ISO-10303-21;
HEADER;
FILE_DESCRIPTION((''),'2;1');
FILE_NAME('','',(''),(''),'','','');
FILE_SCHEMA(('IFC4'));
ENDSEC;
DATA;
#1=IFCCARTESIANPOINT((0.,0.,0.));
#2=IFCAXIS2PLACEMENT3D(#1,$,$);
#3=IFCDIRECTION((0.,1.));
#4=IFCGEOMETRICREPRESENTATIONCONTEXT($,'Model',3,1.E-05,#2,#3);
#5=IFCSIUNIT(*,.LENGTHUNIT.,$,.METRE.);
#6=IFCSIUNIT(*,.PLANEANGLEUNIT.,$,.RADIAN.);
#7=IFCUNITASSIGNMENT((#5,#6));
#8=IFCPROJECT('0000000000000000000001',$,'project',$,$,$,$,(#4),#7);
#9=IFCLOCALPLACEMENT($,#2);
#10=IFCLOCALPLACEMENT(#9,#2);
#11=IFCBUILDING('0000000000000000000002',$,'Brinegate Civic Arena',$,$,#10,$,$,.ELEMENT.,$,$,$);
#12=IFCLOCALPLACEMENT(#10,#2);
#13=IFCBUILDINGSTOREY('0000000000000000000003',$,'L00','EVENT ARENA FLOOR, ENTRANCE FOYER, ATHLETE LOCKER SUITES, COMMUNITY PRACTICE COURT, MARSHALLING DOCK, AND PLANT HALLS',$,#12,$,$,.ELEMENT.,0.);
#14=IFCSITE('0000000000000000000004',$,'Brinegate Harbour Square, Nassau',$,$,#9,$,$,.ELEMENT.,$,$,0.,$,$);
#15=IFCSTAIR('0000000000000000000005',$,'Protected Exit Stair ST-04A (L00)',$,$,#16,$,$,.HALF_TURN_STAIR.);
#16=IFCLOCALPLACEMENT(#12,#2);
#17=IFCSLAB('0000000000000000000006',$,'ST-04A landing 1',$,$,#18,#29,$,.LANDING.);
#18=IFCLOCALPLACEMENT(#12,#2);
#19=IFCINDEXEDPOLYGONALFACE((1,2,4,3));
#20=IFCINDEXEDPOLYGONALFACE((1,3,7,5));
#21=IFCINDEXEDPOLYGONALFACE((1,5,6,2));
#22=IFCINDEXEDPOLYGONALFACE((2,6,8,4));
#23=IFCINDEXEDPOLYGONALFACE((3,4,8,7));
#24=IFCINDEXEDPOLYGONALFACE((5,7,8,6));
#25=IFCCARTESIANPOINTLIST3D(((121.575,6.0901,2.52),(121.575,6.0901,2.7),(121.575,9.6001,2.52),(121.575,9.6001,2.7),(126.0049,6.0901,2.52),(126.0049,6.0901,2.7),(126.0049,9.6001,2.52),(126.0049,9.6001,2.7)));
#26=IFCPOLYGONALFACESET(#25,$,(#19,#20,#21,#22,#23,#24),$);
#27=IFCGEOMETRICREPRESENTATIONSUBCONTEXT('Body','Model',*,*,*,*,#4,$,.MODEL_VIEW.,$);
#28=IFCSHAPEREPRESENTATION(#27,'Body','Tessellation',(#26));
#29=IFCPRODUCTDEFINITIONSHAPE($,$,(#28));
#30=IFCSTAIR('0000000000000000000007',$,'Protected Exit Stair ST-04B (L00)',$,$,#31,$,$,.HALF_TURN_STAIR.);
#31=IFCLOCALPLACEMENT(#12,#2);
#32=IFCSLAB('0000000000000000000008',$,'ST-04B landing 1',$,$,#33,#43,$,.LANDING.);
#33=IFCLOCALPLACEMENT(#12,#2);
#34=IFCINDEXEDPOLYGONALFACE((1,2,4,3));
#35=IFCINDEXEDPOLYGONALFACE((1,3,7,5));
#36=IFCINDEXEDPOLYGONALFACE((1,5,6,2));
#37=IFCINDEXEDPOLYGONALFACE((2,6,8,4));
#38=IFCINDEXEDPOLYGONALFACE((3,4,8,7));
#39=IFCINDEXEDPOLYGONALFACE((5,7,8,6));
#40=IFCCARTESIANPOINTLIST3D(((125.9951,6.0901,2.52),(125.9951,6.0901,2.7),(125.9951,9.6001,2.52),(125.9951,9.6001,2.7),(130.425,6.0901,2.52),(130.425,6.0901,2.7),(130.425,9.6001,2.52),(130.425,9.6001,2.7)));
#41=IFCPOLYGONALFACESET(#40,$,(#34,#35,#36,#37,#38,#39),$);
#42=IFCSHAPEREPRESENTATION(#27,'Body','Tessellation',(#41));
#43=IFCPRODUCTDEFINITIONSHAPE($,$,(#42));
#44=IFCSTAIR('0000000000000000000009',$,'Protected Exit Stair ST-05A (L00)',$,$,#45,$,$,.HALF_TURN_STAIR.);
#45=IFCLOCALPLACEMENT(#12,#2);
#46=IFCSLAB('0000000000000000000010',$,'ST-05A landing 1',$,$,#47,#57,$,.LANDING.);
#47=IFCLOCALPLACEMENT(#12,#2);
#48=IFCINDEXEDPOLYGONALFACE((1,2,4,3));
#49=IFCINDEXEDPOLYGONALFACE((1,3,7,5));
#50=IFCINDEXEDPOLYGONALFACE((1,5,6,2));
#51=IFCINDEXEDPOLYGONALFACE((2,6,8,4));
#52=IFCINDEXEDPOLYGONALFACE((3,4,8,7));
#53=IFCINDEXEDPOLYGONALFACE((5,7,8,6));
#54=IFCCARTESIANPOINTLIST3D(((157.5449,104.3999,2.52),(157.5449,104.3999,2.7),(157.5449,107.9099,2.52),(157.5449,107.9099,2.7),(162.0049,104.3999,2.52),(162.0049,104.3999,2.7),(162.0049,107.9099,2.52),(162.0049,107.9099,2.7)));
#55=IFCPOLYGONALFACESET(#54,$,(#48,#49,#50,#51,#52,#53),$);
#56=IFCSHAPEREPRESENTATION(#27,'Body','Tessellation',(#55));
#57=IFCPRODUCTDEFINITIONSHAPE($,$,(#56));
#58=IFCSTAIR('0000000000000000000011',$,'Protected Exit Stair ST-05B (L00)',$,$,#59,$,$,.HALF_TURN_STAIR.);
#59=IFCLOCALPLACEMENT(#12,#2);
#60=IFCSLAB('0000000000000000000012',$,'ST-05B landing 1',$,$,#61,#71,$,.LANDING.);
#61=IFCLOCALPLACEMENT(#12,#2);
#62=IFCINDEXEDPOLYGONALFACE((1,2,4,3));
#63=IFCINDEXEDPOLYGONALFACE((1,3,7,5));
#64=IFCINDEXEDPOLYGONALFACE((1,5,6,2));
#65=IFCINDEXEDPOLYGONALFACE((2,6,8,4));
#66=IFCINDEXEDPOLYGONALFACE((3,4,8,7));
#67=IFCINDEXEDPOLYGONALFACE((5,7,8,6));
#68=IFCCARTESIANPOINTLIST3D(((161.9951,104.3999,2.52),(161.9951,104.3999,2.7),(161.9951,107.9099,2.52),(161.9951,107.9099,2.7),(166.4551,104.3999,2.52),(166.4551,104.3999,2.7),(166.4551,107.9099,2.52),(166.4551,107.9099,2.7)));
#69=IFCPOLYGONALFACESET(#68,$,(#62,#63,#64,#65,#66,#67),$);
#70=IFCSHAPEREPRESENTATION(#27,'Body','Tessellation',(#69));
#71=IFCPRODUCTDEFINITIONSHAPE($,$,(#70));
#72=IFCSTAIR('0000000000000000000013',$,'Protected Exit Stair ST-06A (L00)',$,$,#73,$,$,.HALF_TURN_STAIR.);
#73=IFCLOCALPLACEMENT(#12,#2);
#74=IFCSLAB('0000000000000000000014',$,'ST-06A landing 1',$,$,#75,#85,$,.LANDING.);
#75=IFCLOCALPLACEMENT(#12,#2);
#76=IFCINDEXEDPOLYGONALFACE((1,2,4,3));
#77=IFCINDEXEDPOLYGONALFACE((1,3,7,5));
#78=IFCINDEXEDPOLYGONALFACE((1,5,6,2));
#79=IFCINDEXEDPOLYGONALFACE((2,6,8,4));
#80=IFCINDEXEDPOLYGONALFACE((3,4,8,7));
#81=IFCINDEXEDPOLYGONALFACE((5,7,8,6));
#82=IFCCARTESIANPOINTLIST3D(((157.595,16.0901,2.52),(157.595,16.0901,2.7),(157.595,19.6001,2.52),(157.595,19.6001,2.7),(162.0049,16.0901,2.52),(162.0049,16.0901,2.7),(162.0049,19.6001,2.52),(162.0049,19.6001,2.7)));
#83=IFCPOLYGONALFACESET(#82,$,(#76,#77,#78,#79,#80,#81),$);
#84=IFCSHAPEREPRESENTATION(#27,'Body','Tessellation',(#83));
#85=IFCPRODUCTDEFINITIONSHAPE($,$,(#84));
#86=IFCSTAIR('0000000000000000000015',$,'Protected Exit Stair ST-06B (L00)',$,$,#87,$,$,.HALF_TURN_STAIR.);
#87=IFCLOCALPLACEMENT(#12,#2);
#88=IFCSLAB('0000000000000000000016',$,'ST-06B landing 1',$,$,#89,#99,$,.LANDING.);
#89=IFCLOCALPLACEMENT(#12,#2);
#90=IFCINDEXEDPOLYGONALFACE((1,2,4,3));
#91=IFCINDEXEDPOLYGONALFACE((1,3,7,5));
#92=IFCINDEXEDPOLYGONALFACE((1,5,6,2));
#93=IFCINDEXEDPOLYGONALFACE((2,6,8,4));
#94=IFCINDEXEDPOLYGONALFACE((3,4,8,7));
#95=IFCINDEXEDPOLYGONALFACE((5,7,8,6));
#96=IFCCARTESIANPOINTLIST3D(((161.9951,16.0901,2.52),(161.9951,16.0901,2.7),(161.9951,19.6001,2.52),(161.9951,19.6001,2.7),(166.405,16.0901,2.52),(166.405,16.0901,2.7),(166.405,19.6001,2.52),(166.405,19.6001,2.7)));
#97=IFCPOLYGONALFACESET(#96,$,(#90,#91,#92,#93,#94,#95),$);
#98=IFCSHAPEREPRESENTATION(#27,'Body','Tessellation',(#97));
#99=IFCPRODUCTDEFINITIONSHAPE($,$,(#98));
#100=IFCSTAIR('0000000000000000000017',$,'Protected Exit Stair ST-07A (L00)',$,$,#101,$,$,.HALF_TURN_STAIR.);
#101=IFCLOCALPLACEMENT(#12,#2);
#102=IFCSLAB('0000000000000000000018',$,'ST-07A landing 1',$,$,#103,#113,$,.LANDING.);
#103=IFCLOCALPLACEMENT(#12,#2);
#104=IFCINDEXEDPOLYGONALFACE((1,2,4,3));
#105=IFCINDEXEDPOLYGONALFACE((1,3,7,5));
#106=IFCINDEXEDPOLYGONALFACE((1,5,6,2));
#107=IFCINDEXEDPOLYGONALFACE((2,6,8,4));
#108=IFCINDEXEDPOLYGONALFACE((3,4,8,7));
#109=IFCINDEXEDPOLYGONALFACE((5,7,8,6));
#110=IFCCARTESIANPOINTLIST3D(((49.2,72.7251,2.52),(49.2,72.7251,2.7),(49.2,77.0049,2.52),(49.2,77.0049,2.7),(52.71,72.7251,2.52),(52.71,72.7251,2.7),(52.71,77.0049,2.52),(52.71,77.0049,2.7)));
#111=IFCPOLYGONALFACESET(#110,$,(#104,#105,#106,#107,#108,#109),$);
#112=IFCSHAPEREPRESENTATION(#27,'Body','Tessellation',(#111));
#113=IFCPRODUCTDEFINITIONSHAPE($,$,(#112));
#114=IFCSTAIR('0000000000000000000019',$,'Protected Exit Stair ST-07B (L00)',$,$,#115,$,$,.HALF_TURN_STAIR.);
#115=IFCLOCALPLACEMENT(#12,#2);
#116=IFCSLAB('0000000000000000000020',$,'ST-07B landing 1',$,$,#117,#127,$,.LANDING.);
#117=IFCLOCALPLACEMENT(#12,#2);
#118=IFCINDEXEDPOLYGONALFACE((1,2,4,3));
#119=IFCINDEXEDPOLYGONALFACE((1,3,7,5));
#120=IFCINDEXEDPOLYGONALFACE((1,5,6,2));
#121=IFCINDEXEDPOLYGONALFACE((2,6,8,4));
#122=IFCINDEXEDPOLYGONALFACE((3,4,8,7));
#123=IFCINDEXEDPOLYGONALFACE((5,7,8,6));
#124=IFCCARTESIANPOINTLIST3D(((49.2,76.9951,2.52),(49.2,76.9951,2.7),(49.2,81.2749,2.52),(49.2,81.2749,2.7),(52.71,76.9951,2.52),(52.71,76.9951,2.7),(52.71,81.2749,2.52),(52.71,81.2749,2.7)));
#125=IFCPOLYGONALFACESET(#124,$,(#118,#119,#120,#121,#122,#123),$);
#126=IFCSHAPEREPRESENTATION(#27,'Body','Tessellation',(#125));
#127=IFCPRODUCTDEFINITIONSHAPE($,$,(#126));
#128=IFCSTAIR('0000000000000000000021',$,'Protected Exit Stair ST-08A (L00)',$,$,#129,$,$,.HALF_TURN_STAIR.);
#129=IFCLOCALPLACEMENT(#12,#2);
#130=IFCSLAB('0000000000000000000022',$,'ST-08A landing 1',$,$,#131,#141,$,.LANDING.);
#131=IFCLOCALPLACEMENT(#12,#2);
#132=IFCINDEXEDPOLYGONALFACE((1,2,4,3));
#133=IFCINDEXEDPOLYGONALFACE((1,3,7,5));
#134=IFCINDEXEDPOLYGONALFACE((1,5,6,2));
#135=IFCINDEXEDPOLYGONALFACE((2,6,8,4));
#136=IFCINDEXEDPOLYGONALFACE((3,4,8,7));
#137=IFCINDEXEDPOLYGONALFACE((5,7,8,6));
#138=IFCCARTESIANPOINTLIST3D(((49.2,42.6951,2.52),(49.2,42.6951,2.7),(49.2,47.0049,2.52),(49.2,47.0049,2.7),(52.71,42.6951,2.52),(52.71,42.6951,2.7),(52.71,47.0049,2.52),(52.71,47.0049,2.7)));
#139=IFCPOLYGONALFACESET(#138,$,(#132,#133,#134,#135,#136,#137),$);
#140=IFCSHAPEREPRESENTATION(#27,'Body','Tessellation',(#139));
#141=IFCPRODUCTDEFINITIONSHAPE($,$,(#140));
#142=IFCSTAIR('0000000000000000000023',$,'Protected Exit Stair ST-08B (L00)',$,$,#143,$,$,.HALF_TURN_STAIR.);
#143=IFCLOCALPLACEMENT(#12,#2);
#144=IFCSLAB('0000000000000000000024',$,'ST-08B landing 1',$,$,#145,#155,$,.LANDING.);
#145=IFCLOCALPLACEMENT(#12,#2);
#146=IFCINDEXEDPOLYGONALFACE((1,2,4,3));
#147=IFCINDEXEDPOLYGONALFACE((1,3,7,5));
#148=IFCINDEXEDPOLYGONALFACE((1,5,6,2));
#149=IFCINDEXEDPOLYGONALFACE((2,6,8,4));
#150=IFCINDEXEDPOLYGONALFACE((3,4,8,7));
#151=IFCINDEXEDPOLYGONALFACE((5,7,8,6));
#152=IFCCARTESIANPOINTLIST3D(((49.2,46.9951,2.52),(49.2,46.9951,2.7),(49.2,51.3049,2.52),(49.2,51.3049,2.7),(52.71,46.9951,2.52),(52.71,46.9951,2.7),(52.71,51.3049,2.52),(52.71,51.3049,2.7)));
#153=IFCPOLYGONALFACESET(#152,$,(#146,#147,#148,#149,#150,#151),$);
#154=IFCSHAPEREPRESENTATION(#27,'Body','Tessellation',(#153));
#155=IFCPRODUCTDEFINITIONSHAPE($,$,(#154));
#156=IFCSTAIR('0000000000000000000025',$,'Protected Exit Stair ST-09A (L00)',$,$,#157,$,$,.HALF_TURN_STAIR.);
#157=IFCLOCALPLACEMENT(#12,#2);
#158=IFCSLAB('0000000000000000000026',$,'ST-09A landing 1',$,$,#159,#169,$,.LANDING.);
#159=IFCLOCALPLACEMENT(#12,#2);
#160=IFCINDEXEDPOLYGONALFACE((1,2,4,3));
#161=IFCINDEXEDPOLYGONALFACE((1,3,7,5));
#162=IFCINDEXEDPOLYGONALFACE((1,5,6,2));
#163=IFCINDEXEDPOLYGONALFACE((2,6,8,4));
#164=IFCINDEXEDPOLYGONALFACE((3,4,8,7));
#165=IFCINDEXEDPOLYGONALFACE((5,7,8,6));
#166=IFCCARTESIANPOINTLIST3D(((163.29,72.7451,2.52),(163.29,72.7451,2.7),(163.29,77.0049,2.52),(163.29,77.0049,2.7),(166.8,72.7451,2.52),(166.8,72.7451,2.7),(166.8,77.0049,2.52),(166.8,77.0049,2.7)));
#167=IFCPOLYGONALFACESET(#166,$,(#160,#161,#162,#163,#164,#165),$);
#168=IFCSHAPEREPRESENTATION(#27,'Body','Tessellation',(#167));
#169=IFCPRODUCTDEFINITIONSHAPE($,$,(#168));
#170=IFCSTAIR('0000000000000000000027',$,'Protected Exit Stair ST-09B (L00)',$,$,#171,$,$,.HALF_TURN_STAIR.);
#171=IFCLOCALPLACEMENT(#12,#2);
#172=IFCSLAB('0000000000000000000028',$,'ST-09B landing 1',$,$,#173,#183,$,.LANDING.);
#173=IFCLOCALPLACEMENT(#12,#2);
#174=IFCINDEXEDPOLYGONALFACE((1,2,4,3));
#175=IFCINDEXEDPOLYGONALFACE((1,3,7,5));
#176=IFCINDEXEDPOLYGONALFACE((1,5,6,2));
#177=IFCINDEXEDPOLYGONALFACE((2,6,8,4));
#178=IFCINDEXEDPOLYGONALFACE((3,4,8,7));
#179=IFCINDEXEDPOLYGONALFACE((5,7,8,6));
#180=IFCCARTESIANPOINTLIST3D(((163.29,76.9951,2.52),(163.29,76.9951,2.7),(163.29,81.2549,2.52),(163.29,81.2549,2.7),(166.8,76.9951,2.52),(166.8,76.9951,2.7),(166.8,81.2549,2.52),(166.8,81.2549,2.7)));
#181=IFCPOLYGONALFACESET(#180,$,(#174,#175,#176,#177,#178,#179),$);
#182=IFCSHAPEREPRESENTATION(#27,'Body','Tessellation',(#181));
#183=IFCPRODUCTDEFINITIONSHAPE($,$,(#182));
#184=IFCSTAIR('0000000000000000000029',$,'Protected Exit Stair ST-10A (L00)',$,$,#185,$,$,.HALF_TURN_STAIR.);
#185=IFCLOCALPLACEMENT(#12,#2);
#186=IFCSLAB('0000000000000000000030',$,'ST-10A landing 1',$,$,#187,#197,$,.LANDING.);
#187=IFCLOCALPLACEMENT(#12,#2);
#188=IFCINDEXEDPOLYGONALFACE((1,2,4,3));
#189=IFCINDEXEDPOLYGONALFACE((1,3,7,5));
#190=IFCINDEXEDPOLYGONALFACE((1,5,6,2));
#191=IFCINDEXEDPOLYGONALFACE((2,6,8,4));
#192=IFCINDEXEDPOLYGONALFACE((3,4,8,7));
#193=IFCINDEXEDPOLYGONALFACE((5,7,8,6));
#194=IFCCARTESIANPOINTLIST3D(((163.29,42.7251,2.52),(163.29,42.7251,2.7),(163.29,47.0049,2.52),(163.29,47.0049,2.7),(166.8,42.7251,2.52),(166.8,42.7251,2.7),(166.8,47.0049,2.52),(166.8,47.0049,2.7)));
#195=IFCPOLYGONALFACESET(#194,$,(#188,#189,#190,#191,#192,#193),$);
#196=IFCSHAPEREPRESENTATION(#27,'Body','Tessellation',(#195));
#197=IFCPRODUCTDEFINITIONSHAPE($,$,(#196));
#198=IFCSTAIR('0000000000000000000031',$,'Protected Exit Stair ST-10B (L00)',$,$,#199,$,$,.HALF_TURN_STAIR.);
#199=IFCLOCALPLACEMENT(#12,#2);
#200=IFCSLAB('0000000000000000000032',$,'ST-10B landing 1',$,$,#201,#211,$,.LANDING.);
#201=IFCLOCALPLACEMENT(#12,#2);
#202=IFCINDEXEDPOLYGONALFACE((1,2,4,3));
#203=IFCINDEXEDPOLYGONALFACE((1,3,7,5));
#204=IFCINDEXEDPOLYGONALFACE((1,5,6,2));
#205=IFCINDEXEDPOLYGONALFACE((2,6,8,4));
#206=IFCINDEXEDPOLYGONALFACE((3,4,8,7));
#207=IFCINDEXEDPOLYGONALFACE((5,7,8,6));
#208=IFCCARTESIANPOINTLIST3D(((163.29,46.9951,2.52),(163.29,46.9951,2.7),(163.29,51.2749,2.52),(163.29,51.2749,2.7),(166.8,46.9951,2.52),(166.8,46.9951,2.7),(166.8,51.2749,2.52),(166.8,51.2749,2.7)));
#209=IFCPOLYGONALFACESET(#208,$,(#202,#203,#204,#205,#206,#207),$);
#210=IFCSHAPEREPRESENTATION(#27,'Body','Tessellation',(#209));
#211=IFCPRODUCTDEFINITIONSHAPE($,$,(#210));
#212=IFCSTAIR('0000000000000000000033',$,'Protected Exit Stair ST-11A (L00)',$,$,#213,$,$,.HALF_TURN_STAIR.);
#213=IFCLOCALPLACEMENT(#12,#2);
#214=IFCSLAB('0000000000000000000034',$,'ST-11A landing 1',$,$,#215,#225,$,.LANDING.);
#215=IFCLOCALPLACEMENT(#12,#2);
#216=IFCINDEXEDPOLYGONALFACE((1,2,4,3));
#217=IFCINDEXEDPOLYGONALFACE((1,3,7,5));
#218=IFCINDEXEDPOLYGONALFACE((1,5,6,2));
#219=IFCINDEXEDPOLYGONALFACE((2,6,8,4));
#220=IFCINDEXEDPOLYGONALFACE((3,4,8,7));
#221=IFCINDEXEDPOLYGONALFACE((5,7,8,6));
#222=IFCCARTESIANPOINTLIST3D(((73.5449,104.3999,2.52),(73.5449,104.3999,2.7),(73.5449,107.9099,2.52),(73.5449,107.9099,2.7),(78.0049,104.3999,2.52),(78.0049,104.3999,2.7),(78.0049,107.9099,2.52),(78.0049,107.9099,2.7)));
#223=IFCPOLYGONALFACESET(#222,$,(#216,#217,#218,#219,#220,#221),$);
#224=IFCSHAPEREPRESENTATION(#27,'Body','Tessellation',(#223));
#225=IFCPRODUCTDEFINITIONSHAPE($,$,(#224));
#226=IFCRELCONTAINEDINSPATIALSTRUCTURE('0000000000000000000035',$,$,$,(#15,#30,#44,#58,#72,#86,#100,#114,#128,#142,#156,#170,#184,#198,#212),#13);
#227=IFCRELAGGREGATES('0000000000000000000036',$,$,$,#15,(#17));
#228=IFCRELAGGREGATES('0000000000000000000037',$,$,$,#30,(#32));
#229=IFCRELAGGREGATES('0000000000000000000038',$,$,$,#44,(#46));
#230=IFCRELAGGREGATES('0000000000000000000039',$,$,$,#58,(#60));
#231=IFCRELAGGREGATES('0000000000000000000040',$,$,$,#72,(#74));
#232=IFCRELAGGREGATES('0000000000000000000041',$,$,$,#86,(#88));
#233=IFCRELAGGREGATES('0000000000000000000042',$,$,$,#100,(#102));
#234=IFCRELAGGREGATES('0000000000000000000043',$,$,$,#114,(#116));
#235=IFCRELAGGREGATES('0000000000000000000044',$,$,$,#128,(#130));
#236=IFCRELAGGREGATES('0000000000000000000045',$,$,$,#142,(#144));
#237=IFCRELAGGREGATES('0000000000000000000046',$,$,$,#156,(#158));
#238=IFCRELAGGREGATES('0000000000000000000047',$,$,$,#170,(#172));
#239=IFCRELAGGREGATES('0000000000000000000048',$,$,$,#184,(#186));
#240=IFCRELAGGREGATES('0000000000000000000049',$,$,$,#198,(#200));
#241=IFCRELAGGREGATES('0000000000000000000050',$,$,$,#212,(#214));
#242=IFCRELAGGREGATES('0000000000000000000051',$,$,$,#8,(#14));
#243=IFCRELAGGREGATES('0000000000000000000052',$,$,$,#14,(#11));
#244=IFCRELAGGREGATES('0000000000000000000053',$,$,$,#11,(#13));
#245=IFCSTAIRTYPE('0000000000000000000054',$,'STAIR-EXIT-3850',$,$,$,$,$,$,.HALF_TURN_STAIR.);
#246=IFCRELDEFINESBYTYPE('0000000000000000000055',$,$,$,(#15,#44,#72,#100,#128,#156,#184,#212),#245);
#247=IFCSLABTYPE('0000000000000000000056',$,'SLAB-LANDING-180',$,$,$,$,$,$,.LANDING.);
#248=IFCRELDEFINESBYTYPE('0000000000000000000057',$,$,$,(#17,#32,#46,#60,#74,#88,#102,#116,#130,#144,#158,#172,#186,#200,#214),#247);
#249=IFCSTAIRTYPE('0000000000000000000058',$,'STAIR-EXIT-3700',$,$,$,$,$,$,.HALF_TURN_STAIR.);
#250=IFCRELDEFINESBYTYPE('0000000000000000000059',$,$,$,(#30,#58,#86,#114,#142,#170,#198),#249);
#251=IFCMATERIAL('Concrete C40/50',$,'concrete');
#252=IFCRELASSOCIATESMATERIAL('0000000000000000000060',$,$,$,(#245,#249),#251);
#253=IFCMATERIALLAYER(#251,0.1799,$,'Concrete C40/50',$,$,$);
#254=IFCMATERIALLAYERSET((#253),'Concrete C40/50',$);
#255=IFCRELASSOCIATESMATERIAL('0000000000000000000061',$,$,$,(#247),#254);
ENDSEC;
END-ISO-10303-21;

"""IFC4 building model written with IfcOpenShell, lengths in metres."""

from ifc_helpers import new_model, si_unit, direction, frame, origin, place, context, subcontext, project, spatial, polyline, outline, extrude, material, layer, layer_set, type_object, element, aggregate, save


model = new_model("IFC4")

# Units and contexts
model_context = context("Model", 3, precision=1e-05, world=origin(), true_north=direction((0.0, 1.0)))
body_context = subcontext(model_context, "Body", "Model", "MODEL_VIEW")
ifc_project = project(units=[si_unit("LENGTHUNIT", "METRE"), si_unit("PLANEANGLEUNIT", "RADIAN")], contexts=[model_context])

# Site, building, storey
site_placement = place(None, origin())
site = spatial("IfcSite", under=ifc_project, at=site_placement, Name="Brinegate Harbour Square, Nassau", CompositionType="ELEMENT", RefElevation=0.0)
building_placement = place(site_placement, origin())
building = spatial("IfcBuilding", under=site, at=building_placement, Name="Brinegate Civic Arena", CompositionType="ELEMENT")
storey_placement = place(building_placement, origin())
storey = spatial("IfcBuildingStorey", under=building, at=storey_placement, Name="L00", Description="EVENT ARENA FLOOR, ENTRANCE FOYER, ATHLETE LOCKER SUITES, COMMUNITY PRACTICE COURT, MARSHALLING DOCK, AND PLANT HALLS", CompositionType="ELEMENT", Elevation=0.0)

# Shared definitions
ifc_material_1 = material(Name="Concrete C40/50", Category="concrete")

# Stairs, slabs
stair_type_1 = type_object("IfcStairType", Name="STAIR-EXIT-3850", PredefinedType="HALF_TURN_STAIR", material=ifc_material_1)
ifc_layer_1 = layer(ifc_material_1, 0.1799, Name="Concrete C40/50")
ifc_layer_set_1 = layer_set([ifc_layer_1], Name="Concrete C40/50")
slab_type_1 = type_object("IfcSlabType", Name="SLAB-LANDING-180", PredefinedType="LANDING", material=ifc_layer_set_1)
stair_type_2 = type_object("IfcStairType", Name="STAIR-EXIT-3700", PredefinedType="HALF_TURN_STAIR", material=ifc_material_1)
stair_1_placement = place(storey_placement, origin())
stair_1 = element("IfcStair", 1, at=stair_1_placement, inside=storey, type_object=stair_type_1, Name="Protected Exit Stair ST-04A (L00)", PredefinedType="HALF_TURN_STAIR")
slab_1_placement = place(storey_placement, frame((0.0, 0.0, 2.52)))
slab_1 = element("IfcSlab", 2, at=slab_1_placement, type_object=slab_type_1, Name="ST-04A landing 1", PredefinedType="LANDING", context=body_context, shape_type="SweptSolid", body=[
    extrude(outline(polyline([(121.575, 6.0901), (126.0049, 6.0901), (126.0049, 9.6001), (121.575, 9.6001), (121.575, 6.0901)])), origin(), (0.0, 0.0, 1.0), 0.1799),
])
aggregate(stair_1, [slab_1])
stair_2_placement = place(storey_placement, origin())
stair_2 = element("IfcStair", 3, at=stair_2_placement, inside=storey, type_object=stair_type_2, Name="Protected Exit Stair ST-04B (L00)", PredefinedType="HALF_TURN_STAIR")
slab_2_placement = place(storey_placement, frame((0.0, 0.0, 2.52)))
slab_2 = element("IfcSlab", 4, at=slab_2_placement, type_object=slab_type_1, Name="ST-04B landing 1", PredefinedType="LANDING", context=body_context, shape_type="SweptSolid", body=[
    extrude(outline(polyline([(125.9951, 6.0901), (130.425, 6.0901), (130.425, 9.6001), (125.9951, 9.6001), (125.9951, 6.0901)])), origin(), (0.0, 0.0, 1.0), 0.1799),
])
aggregate(stair_2, [slab_2])
stair_3_placement = place(storey_placement, origin())
stair_3 = element("IfcStair", 5, at=stair_3_placement, inside=storey, type_object=stair_type_1, Name="Protected Exit Stair ST-05A (L00)", PredefinedType="HALF_TURN_STAIR")
slab_3_placement = place(storey_placement, frame((0.0, 0.0, 2.52)))
slab_3 = element("IfcSlab", 6, at=slab_3_placement, type_object=slab_type_1, Name="ST-05A landing 1", PredefinedType="LANDING", context=body_context, shape_type="SweptSolid", body=[
    extrude(outline(polyline([(157.5449, 104.3999), (162.0049, 104.3999), (162.0049, 107.9099), (157.5449, 107.9099), (157.5449, 104.3999)])), origin(), (0.0, 0.0, 1.0), 0.1799),
])
aggregate(stair_3, [slab_3])
stair_4_placement = place(storey_placement, origin())
stair_4 = element("IfcStair", 7, at=stair_4_placement, inside=storey, type_object=stair_type_2, Name="Protected Exit Stair ST-05B (L00)", PredefinedType="HALF_TURN_STAIR")
slab_4_placement = place(storey_placement, frame((0.0, 0.0, 2.52)))
slab_4 = element("IfcSlab", 8, at=slab_4_placement, type_object=slab_type_1, Name="ST-05B landing 1", PredefinedType="LANDING", context=body_context, shape_type="SweptSolid", body=[
    extrude(outline(polyline([(161.9951, 104.3999), (166.4551, 104.3999), (166.4551, 107.9099), (161.9951, 107.9099), (161.9951, 104.3999)])), origin(), (0.0, 0.0, 1.0), 0.1799),
])
aggregate(stair_4, [slab_4])
stair_5_placement = place(storey_placement, origin())
stair_5 = element("IfcStair", 9, at=stair_5_placement, inside=storey, type_object=stair_type_1, Name="Protected Exit Stair ST-06A (L00)", PredefinedType="HALF_TURN_STAIR")
slab_5_placement = place(storey_placement, frame((0.0, 0.0, 2.52)))
slab_5 = element("IfcSlab", 10, at=slab_5_placement, type_object=slab_type_1, Name="ST-06A landing 1", PredefinedType="LANDING", context=body_context, shape_type="SweptSolid", body=[
    extrude(outline(polyline([(157.595, 16.0901), (162.0049, 16.0901), (162.0049, 19.6001), (157.595, 19.6001), (157.595, 16.0901)])), origin(), (0.0, 0.0, 1.0), 0.1799),
])
aggregate(stair_5, [slab_5])
stair_6_placement = place(storey_placement, origin())
stair_6 = element("IfcStair", 11, at=stair_6_placement, inside=storey, type_object=stair_type_2, Name="Protected Exit Stair ST-06B (L00)", PredefinedType="HALF_TURN_STAIR")
slab_6_placement = place(storey_placement, frame((0.0, 0.0, 2.52)))
slab_6 = element("IfcSlab", 12, at=slab_6_placement, type_object=slab_type_1, Name="ST-06B landing 1", PredefinedType="LANDING", context=body_context, shape_type="SweptSolid", body=[
    extrude(outline(polyline([(161.9951, 16.0901), (166.405, 16.0901), (166.405, 19.6001), (161.9951, 19.6001), (161.9951, 16.0901)])), origin(), (0.0, 0.0, 1.0), 0.1799),
])
aggregate(stair_6, [slab_6])
stair_7_placement = place(storey_placement, origin())
stair_7 = element("IfcStair", 13, at=stair_7_placement, inside=storey, type_object=stair_type_1, Name="Protected Exit Stair ST-07A (L00)", PredefinedType="HALF_TURN_STAIR")
slab_7_placement = place(storey_placement, frame((0.0, 0.0, 2.52)))
slab_7 = element("IfcSlab", 14, at=slab_7_placement, type_object=slab_type_1, Name="ST-07A landing 1", PredefinedType="LANDING", context=body_context, shape_type="SweptSolid", body=[
    extrude(outline(polyline([(49.2, 72.7251), (52.71, 72.7251), (52.71, 77.0049), (49.2, 77.0049), (49.2, 72.7251)])), origin(), (0.0, 0.0, 1.0), 0.1799),
])
aggregate(stair_7, [slab_7])
stair_8_placement = place(storey_placement, origin())
stair_8 = element("IfcStair", 15, at=stair_8_placement, inside=storey, type_object=stair_type_2, Name="Protected Exit Stair ST-07B (L00)", PredefinedType="HALF_TURN_STAIR")
slab_8_placement = place(storey_placement, frame((0.0, 0.0, 2.52)))
slab_8 = element("IfcSlab", 16, at=slab_8_placement, type_object=slab_type_1, Name="ST-07B landing 1", PredefinedType="LANDING", context=body_context, shape_type="SweptSolid", body=[
    extrude(outline(polyline([(49.2, 76.9951), (52.71, 76.9951), (52.71, 81.2749), (49.2, 81.2749), (49.2, 76.9951)])), origin(), (0.0, 0.0, 1.0), 0.1799),
])
aggregate(stair_8, [slab_8])
stair_9_placement = place(storey_placement, origin())
stair_9 = element("IfcStair", 17, at=stair_9_placement, inside=storey, type_object=stair_type_1, Name="Protected Exit Stair ST-08A (L00)", PredefinedType="HALF_TURN_STAIR")
slab_9_placement = place(storey_placement, frame((0.0, 0.0, 2.52)))
slab_9 = element("IfcSlab", 18, at=slab_9_placement, type_object=slab_type_1, Name="ST-08A landing 1", PredefinedType="LANDING", context=body_context, shape_type="SweptSolid", body=[
    extrude(outline(polyline([(49.2, 42.6951), (52.71, 42.6951), (52.71, 47.0049), (49.2, 47.0049), (49.2, 42.6951)])), origin(), (0.0, 0.0, 1.0), 0.1799),
])
aggregate(stair_9, [slab_9])
stair_10_placement = place(storey_placement, origin())
stair_10 = element("IfcStair", 19, at=stair_10_placement, inside=storey, type_object=stair_type_2, Name="Protected Exit Stair ST-08B (L00)", PredefinedType="HALF_TURN_STAIR")
slab_10_placement = place(storey_placement, frame((0.0, 0.0, 2.52)))
slab_10 = element("IfcSlab", 20, at=slab_10_placement, type_object=slab_type_1, Name="ST-08B landing 1", PredefinedType="LANDING", context=body_context, shape_type="SweptSolid", body=[
    extrude(outline(polyline([(49.2, 46.9951), (52.71, 46.9951), (52.71, 51.3049), (49.2, 51.3049), (49.2, 46.9951)])), origin(), (0.0, 0.0, 1.0), 0.1799),
])
aggregate(stair_10, [slab_10])
stair_11_placement = place(storey_placement, origin())
stair_11 = element("IfcStair", 21, at=stair_11_placement, inside=storey, type_object=stair_type_1, Name="Protected Exit Stair ST-09A (L00)", PredefinedType="HALF_TURN_STAIR")
slab_11_placement = place(storey_placement, frame((0.0, 0.0, 2.52)))
slab_11 = element("IfcSlab", 22, at=slab_11_placement, type_object=slab_type_1, Name="ST-09A landing 1", PredefinedType="LANDING", context=body_context, shape_type="SweptSolid", body=[
    extrude(outline(polyline([(163.29, 72.7451), (166.8, 72.7451), (166.8, 77.0049), (163.29, 77.0049), (163.29, 72.7451)])), origin(), (0.0, 0.0, 1.0), 0.1799),
])
aggregate(stair_11, [slab_11])
stair_12_placement = place(storey_placement, origin())
stair_12 = element("IfcStair", 23, at=stair_12_placement, inside=storey, type_object=stair_type_2, Name="Protected Exit Stair ST-09B (L00)", PredefinedType="HALF_TURN_STAIR")
slab_12_placement = place(storey_placement, frame((0.0, 0.0, 2.52)))
slab_12 = element("IfcSlab", 24, at=slab_12_placement, type_object=slab_type_1, Name="ST-09B landing 1", PredefinedType="LANDING", context=body_context, shape_type="SweptSolid", body=[
    extrude(outline(polyline([(163.29, 76.9951), (166.8, 76.9951), (166.8, 81.2549), (163.29, 81.2549), (163.29, 76.9951)])), origin(), (0.0, 0.0, 1.0), 0.1799),
])
aggregate(stair_12, [slab_12])
stair_13_placement = place(storey_placement, origin())
stair_13 = element("IfcStair", 25, at=stair_13_placement, inside=storey, type_object=stair_type_1, Name="Protected Exit Stair ST-10A (L00)", PredefinedType="HALF_TURN_STAIR")
slab_13_placement = place(storey_placement, frame((0.0, 0.0, 2.52)))
slab_13 = element("IfcSlab", 26, at=slab_13_placement, type_object=slab_type_1, Name="ST-10A landing 1", PredefinedType="LANDING", context=body_context, shape_type="SweptSolid", body=[
    extrude(outline(polyline([(163.29, 42.7251), (166.8, 42.7251), (166.8, 47.0049), (163.29, 47.0049), (163.29, 42.7251)])), origin(), (0.0, 0.0, 1.0), 0.1799),
])
aggregate(stair_13, [slab_13])
stair_14_placement = place(storey_placement, origin())
stair_14 = element("IfcStair", 27, at=stair_14_placement, inside=storey, type_object=stair_type_2, Name="Protected Exit Stair ST-10B (L00)", PredefinedType="HALF_TURN_STAIR")
slab_14_placement = place(storey_placement, frame((0.0, 0.0, 2.52)))
slab_14 = element("IfcSlab", 28, at=slab_14_placement, type_object=slab_type_1, Name="ST-10B landing 1", PredefinedType="LANDING", context=body_context, shape_type="SweptSolid", body=[
    extrude(outline(polyline([(163.29, 46.9951), (166.8, 46.9951), (166.8, 51.2749), (163.29, 51.2749), (163.29, 46.9951)])), origin(), (0.0, 0.0, 1.0), 0.1799),
])
aggregate(stair_14, [slab_14])
stair_15_placement = place(storey_placement, origin())
stair_15 = element("IfcStair", 29, at=stair_15_placement, inside=storey, type_object=stair_type_1, Name="Protected Exit Stair ST-11A (L00)", PredefinedType="HALF_TURN_STAIR")
slab_15_placement = place(storey_placement, frame((0.0, 0.0, 2.52)))
slab_15 = element("IfcSlab", 30, at=slab_15_placement, type_object=slab_type_1, Name="ST-11A landing 1", PredefinedType="LANDING", context=body_context, shape_type="SweptSolid", body=[
    extrude(outline(polyline([(73.5449, 104.3999), (78.0049, 104.3999), (78.0049, 107.9099), (73.5449, 107.9099), (73.5449, 104.3999)])), origin(), (0.0, 0.0, 1.0), 0.1799),
])
aggregate(stair_15, [slab_15])

save(model, "model.ifc")
